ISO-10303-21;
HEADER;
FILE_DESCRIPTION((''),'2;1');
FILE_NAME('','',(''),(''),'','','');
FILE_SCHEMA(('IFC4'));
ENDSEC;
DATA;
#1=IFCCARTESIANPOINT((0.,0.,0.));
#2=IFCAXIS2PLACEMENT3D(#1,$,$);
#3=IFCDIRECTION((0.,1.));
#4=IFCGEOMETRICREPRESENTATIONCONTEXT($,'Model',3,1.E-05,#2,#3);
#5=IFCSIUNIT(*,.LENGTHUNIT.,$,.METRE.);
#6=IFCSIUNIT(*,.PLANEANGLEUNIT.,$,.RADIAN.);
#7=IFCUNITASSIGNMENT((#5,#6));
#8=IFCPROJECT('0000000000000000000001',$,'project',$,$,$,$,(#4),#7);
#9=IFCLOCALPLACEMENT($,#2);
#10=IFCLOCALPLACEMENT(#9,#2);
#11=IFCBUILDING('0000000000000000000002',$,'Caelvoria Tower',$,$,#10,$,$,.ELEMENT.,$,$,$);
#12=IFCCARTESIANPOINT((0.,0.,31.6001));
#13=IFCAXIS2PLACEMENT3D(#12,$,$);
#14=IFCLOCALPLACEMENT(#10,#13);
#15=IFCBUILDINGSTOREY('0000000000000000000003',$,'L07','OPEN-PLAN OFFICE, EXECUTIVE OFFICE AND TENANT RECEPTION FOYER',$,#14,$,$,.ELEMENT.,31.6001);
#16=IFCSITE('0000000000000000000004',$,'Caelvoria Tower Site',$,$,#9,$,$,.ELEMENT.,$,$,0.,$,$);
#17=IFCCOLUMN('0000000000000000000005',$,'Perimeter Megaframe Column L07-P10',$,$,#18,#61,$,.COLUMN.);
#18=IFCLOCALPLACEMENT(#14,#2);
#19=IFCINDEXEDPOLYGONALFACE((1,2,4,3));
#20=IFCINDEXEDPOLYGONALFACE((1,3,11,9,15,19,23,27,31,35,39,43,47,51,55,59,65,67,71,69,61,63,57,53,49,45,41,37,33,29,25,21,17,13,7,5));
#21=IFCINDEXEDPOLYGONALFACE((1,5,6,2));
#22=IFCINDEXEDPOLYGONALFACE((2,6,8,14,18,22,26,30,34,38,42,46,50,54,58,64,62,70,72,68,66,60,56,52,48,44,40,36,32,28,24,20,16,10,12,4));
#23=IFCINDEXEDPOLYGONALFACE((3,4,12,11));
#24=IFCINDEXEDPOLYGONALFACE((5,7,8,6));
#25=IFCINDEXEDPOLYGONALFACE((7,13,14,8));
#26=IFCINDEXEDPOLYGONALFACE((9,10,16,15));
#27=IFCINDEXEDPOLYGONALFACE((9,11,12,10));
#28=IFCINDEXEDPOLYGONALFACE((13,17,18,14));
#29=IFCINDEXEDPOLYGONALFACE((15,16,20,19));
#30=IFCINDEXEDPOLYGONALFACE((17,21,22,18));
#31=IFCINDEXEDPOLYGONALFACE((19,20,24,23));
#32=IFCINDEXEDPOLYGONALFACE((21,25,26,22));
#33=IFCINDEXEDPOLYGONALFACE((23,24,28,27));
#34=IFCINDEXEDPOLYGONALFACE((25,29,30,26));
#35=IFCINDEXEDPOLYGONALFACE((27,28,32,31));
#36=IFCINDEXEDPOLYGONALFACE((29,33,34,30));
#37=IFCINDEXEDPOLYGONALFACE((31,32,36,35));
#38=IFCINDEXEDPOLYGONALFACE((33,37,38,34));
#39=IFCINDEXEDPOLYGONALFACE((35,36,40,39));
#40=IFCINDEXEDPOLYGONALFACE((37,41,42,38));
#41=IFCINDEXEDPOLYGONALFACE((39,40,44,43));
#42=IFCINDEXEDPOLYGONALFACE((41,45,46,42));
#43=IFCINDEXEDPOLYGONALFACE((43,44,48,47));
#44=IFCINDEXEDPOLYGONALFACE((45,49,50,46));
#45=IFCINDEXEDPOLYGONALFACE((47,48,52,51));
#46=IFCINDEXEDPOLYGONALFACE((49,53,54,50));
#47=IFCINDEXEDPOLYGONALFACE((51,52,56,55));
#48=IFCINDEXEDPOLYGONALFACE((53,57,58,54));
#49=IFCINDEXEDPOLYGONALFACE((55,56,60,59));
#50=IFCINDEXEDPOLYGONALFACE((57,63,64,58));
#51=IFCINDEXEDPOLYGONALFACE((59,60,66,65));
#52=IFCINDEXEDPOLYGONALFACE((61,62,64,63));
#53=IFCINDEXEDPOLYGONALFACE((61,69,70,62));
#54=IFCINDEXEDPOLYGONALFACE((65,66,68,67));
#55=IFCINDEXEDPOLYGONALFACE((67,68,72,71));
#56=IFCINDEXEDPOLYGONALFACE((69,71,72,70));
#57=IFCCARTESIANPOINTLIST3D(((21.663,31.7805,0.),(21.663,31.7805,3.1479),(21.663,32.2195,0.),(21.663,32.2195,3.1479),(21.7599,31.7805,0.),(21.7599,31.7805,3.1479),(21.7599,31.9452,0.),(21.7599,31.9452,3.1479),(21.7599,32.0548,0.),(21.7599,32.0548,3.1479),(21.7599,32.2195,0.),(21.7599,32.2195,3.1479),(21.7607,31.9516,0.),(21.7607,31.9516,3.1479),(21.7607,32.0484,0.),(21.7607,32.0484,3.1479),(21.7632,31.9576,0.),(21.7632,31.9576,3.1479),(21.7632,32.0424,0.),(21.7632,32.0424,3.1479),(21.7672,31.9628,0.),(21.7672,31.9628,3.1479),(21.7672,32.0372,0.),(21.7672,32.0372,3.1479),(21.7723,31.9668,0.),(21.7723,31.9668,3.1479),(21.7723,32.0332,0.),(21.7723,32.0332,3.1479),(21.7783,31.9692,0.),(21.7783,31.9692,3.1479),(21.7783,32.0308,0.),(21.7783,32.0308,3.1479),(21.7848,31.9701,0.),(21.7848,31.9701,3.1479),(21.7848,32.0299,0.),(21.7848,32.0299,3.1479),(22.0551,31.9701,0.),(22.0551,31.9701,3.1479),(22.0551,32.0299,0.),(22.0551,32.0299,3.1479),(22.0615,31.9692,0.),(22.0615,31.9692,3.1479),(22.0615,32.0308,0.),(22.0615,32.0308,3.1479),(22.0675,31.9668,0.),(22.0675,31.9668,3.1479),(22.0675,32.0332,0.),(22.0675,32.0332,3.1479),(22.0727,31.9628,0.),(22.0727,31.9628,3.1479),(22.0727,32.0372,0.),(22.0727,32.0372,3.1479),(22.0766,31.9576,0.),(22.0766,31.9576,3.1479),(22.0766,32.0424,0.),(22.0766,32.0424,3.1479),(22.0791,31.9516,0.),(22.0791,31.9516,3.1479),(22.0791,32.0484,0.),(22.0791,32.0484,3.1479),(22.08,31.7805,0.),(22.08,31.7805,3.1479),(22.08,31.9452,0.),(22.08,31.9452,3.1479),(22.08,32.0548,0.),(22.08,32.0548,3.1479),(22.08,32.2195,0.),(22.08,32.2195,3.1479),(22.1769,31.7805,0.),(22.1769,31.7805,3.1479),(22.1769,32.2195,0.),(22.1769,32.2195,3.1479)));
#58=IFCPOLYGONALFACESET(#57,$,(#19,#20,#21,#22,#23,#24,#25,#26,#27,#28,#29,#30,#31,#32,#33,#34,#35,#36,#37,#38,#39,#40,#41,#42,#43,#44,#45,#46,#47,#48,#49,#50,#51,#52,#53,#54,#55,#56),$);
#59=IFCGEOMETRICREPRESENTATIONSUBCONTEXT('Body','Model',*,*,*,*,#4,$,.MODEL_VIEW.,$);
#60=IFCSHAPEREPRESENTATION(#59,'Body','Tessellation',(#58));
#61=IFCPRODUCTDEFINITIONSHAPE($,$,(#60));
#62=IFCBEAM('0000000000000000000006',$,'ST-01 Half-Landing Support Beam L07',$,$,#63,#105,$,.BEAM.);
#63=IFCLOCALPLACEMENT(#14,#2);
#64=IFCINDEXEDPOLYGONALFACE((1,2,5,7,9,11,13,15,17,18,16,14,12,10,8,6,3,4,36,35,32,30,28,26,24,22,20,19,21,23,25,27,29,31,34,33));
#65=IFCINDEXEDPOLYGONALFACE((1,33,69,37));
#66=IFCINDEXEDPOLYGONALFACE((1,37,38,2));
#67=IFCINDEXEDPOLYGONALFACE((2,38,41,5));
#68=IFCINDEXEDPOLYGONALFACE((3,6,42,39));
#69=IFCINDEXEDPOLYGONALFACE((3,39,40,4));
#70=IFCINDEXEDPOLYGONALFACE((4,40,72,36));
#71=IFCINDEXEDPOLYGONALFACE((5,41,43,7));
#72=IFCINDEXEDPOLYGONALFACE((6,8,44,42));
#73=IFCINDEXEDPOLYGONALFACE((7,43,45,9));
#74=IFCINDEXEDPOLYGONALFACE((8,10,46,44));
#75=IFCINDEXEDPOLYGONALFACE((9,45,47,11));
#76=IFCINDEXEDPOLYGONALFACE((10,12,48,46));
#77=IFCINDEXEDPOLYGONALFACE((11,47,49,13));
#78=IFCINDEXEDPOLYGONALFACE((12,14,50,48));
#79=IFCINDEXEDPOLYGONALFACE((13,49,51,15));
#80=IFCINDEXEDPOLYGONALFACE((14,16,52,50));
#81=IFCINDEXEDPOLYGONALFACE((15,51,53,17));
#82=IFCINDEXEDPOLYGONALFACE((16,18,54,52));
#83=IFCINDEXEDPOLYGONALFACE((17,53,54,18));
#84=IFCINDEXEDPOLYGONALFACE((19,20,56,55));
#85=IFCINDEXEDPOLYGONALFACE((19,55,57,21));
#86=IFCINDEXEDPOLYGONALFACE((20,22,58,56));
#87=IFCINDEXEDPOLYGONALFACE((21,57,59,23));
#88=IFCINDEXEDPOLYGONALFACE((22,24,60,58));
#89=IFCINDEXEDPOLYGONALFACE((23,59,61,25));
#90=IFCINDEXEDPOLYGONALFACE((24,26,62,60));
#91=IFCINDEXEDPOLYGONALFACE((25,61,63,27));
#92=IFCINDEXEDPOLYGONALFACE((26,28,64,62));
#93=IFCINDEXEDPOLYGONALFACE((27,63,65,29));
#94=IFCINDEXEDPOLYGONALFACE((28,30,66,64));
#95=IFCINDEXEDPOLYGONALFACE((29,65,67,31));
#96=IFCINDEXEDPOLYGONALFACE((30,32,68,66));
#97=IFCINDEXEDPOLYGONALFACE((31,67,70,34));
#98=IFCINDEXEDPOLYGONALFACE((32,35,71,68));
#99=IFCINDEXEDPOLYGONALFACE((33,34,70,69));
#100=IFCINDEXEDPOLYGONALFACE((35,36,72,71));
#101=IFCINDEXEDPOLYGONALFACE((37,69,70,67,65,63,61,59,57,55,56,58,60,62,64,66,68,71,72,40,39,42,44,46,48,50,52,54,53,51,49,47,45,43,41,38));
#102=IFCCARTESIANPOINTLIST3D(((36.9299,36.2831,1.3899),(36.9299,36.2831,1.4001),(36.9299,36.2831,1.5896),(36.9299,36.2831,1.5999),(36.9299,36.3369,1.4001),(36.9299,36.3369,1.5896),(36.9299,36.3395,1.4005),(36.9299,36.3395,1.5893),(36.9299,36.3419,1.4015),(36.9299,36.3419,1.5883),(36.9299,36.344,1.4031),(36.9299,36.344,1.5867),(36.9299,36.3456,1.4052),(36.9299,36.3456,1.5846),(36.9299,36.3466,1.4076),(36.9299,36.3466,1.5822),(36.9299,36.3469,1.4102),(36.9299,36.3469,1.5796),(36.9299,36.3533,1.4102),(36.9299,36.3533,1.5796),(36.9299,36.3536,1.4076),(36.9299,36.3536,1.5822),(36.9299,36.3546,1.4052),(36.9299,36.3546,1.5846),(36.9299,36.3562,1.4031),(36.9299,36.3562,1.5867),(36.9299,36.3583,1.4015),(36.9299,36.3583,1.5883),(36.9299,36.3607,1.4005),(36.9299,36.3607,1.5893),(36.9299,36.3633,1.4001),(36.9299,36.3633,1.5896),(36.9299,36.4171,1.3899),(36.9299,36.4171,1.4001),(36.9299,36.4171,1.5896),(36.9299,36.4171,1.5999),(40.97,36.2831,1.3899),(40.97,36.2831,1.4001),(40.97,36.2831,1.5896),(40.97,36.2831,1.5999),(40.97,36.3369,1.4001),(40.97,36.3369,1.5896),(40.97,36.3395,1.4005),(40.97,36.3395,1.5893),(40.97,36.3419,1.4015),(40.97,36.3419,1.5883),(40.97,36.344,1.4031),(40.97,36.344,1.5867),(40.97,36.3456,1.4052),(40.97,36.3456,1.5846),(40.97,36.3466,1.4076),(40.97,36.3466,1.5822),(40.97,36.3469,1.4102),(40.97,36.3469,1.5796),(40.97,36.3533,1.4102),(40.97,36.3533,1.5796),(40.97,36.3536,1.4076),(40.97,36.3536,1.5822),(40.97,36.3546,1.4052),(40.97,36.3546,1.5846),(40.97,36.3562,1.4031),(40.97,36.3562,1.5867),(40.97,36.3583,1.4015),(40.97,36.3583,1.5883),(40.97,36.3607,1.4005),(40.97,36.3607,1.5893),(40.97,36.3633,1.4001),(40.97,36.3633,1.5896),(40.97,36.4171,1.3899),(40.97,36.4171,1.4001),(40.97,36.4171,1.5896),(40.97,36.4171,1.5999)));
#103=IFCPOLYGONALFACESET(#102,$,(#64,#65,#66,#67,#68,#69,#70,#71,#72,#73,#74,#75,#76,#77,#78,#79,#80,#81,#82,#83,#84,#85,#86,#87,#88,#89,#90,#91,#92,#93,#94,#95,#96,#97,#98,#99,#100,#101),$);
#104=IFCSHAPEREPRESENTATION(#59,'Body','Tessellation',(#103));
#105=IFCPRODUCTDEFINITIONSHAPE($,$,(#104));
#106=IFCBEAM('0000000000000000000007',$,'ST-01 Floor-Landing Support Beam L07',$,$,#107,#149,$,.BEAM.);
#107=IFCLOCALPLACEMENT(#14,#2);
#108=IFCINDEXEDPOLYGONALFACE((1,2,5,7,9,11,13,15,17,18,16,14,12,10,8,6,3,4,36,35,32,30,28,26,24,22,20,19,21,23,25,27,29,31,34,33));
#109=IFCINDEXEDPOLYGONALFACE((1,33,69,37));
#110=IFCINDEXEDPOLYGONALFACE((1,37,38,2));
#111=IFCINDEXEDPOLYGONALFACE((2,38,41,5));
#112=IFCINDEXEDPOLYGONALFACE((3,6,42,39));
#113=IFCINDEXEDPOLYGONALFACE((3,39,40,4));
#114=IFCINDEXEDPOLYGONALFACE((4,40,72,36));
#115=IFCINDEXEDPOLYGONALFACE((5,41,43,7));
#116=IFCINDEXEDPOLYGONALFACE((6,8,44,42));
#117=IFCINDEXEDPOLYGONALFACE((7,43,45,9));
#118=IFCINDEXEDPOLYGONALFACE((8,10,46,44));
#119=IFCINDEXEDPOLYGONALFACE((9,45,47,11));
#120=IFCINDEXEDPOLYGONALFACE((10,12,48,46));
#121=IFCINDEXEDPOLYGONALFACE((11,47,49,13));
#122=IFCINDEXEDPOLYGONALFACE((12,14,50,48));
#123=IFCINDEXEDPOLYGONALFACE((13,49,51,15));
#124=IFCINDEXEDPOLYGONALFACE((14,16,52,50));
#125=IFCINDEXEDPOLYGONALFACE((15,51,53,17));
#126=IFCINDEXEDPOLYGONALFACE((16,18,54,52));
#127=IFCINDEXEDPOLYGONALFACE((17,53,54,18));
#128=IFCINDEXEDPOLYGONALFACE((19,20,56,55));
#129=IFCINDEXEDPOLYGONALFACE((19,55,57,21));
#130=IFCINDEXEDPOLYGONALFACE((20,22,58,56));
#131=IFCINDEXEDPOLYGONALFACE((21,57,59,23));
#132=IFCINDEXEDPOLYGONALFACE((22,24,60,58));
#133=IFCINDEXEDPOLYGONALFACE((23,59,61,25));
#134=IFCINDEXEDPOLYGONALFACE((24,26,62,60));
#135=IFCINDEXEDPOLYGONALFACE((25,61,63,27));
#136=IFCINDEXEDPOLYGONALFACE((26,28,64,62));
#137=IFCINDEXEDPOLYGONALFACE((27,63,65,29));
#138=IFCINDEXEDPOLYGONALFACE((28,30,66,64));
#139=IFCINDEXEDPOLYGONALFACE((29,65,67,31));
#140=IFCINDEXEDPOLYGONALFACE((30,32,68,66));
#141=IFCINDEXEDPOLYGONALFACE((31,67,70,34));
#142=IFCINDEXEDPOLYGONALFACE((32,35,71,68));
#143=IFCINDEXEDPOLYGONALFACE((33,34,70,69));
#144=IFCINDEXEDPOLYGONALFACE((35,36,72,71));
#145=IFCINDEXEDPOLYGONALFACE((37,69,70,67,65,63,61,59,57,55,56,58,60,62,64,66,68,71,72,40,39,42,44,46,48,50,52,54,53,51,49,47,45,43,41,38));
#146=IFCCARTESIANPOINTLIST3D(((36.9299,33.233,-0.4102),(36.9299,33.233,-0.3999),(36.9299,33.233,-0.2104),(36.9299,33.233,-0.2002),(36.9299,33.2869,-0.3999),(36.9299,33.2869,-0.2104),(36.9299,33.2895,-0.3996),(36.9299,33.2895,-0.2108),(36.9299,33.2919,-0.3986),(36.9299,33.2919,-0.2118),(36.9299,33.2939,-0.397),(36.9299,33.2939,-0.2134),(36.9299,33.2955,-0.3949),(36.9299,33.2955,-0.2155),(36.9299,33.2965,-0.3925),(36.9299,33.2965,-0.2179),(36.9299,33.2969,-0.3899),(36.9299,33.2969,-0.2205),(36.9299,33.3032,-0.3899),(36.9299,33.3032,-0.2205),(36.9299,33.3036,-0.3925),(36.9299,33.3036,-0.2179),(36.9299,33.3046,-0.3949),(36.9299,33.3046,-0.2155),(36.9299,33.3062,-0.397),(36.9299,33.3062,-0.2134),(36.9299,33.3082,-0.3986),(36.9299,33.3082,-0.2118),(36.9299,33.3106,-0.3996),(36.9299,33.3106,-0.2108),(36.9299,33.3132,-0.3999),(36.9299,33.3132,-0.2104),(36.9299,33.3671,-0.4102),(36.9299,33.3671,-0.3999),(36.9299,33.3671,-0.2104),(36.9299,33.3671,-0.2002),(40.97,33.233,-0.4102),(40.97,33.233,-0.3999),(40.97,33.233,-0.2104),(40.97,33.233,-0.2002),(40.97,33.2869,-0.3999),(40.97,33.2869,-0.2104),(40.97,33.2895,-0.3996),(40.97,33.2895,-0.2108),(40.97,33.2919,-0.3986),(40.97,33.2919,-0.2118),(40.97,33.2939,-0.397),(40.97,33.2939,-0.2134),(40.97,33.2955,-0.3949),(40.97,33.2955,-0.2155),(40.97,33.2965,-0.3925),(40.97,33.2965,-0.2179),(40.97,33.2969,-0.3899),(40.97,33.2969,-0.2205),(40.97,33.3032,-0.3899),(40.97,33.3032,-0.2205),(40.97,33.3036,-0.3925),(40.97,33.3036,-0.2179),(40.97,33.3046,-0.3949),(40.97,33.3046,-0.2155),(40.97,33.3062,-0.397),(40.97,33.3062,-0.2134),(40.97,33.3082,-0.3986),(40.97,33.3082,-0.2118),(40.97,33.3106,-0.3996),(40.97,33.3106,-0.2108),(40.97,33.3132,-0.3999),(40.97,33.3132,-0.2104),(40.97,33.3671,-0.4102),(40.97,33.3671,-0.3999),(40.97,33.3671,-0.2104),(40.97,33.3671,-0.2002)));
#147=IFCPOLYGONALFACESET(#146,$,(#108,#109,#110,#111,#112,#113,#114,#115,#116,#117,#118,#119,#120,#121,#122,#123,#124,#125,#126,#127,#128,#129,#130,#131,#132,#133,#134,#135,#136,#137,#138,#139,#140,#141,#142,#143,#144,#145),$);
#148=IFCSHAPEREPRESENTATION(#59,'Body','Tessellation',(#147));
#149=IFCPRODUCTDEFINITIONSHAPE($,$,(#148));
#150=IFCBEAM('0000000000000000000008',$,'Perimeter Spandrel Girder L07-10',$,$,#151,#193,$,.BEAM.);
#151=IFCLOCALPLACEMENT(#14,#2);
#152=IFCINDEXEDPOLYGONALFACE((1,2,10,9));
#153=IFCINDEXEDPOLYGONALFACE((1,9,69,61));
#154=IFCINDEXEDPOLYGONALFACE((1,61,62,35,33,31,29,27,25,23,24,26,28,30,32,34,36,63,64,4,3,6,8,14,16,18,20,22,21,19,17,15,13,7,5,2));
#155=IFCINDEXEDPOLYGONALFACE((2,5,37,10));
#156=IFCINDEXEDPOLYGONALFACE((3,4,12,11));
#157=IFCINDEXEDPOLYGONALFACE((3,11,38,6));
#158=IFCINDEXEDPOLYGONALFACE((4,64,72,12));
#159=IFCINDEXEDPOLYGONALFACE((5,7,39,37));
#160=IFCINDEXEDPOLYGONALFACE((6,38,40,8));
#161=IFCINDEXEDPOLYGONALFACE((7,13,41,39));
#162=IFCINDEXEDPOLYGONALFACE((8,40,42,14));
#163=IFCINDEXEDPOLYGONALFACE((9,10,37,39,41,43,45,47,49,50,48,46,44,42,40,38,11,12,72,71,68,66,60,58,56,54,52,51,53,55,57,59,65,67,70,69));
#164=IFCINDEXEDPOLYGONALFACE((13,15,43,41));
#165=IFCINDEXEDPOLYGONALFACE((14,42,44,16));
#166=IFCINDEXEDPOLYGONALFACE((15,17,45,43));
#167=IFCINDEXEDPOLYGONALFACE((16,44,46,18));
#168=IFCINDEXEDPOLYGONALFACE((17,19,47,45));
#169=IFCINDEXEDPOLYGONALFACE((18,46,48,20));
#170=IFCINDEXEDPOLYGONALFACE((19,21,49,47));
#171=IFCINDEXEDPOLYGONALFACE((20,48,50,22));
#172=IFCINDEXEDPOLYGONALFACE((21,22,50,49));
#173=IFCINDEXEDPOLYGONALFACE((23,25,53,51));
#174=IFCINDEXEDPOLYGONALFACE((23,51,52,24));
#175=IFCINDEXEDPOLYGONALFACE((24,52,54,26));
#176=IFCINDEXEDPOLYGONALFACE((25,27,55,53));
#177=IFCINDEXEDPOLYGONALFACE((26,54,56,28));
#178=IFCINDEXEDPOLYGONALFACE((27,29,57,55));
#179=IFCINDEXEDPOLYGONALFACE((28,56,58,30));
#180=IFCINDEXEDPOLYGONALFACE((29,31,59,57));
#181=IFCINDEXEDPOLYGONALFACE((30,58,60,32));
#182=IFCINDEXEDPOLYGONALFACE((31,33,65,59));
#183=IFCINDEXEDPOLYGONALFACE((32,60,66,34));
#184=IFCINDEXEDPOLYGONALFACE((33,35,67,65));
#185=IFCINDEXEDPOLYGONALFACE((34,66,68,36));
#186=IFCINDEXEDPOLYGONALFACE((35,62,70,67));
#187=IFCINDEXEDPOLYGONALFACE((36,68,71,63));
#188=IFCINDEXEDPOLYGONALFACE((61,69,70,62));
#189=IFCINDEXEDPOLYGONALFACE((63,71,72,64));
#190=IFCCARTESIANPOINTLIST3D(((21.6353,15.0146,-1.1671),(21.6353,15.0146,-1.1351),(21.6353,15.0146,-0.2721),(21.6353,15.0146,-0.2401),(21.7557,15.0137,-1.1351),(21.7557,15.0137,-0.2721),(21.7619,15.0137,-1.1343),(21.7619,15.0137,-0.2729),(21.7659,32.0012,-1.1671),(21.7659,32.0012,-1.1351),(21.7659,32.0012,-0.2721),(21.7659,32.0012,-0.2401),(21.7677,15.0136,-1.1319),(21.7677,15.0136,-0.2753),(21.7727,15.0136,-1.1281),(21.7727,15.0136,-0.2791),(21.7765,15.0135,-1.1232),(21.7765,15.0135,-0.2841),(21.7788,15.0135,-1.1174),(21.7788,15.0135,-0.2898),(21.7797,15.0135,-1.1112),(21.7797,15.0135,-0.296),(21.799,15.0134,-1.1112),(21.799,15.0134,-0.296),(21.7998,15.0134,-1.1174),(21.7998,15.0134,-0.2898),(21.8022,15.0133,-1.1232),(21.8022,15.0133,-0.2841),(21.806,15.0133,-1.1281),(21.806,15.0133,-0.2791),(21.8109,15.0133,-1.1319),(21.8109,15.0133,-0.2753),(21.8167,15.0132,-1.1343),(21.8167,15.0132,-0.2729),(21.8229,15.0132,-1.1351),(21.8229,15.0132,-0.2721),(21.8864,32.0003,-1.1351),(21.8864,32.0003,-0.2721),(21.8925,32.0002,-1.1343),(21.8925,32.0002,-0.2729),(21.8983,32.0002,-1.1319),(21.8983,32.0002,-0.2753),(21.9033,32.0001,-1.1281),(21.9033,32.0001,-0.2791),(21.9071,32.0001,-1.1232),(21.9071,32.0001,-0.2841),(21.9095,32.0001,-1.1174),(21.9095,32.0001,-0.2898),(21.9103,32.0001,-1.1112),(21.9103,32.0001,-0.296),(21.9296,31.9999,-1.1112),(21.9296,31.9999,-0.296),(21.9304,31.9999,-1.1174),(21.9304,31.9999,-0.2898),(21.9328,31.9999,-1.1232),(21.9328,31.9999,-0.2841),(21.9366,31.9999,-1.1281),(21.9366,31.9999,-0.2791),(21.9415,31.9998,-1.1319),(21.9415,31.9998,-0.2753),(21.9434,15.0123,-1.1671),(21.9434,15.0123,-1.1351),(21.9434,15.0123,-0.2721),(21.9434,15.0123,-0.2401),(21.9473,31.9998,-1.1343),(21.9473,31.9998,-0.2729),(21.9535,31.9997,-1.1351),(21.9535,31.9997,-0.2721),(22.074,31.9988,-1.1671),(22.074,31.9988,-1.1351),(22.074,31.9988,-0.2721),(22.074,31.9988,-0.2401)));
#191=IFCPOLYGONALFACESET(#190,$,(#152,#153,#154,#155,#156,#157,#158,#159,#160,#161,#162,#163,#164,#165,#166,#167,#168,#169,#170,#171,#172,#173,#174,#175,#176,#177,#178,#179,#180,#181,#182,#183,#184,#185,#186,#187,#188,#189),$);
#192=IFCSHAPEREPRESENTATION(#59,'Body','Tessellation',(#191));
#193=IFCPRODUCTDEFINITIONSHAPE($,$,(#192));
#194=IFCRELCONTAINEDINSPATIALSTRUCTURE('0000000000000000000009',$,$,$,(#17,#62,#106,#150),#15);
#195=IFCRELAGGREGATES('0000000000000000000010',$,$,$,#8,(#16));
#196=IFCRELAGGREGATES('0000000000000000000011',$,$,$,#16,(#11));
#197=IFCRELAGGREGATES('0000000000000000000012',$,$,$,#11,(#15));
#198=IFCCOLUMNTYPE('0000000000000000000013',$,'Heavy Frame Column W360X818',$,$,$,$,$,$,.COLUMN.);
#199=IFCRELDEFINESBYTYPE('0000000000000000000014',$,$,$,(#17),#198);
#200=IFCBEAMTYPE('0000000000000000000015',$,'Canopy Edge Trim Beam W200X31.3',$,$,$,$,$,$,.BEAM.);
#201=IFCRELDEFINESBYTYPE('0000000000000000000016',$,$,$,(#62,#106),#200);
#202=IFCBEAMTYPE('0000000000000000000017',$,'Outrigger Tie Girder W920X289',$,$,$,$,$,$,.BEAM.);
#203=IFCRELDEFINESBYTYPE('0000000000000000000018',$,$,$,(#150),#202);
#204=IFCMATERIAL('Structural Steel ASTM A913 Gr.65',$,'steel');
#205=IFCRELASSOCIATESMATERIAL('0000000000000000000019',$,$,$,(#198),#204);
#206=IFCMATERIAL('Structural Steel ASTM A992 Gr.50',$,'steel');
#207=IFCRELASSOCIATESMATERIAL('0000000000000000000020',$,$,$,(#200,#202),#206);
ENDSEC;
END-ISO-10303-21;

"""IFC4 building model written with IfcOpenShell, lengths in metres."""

from ifc_helpers import new_model, si_unit, direction, frame, origin, origin_2d, place, context, subcontext, project, spatial, i_section, extrude, material, material_profile, profile_set, type_object, element, save


model = new_model("IFC4")

# Units and contexts
model_context = context("Model", 3, precision=1e-05, world=origin(), true_north=direction((0.0, 1.0)))
body_context = subcontext(model_context, "Body", "Model", "MODEL_VIEW")
ifc_project = project(units=[si_unit("LENGTHUNIT", "METRE"), si_unit("PLANEANGLEUNIT", "RADIAN")], contexts=[model_context])

# Site, building, storey
site_placement = place(None, origin())
site = spatial("IfcSite", under=ifc_project, at=site_placement, Name="Caelvoria Tower Site", CompositionType="ELEMENT", RefElevation=0.0)
building_placement = place(site_placement, origin())
building = spatial("IfcBuilding", under=site, at=building_placement, Name="Caelvoria Tower", CompositionType="ELEMENT")
storey_placement = place(building_placement, frame((0.0, 0.0, 31.6001)))
storey = spatial("IfcBuildingStorey", under=building, at=storey_placement, Name="L07", Description="OPEN-PLAN OFFICE, EXECUTIVE OFFICE AND TENANT RECEPTION FOYER", CompositionType="ELEMENT", Elevation=31.6001)

# Column
ifc_material_1 = material(Name="Structural Steel ASTM A913 Gr.65", Category="steel")
ifc_material_profile_1 = material_profile(ifc_material_1, i_section(OverallWidth=0.439, OverallDepth=0.5139, WebThickness=0.0598, FlangeThickness=0.0969, FilletRadius=0.0249, at=origin_2d()), Name="Structural Steel ASTM A913 Gr.65")
ifc_profile_set_1 = profile_set([ifc_material_profile_1], Name="W360X818 - Structural Steel ASTM A913 Gr.65")
column_type = type_object("IfcColumnType", Name="Heavy Frame Column W360X818", PredefinedType="COLUMN", material=ifc_profile_set_1)
column_placement = place(storey_placement, frame((21.9199, 32.0, 0.0), z_axis=(0.0, 0.0, 1.0), x_axis=(0.0, 1.0, 0.0)))
element("IfcColumn", 1, at=column_placement, inside=storey, type_object=column_type, Name="Perimeter Megaframe Column L07-P10", PredefinedType="COLUMN", context=body_context, shape_type="SweptSolid", body=[
    extrude(i_section(OverallWidth=0.439, OverallDepth=0.5139, WebThickness=0.0598, FlangeThickness=0.0969, FilletRadius=0.0249, at=origin_2d()), origin(), (0.0, 0.0, 1.0), 3.1479),
])

# Beams
ifc_material_2 = material(Name="Structural Steel ASTM A992 Gr.50", Category="steel")
ifc_material_profile_2 = material_profile(ifc_material_2, i_section(OverallWidth=0.134, OverallDepth=0.21, WebThickness=0.0063, FlangeThickness=0.0103, FilletRadius=0.01, at=origin_2d()), Name="Structural Steel ASTM A992 Gr.50")
ifc_profile_set_2 = profile_set([ifc_material_profile_2], Name="W200X31.3 - Structural Steel ASTM A992 Gr.50")
beam_type_1 = type_object("IfcBeamType", Name="Canopy Edge Trim Beam W200X31.3", PredefinedType="BEAM", material=ifc_profile_set_2)
for number, where, z_axis, x_axis, name in (
    (2, (36.9299, 36.3501, 1.4949), (1.0, 0.0, 0.0), (0.0, 1.0, 0.0), "ST-01 Half-Landing Support Beam L07"),
    (3, (36.9299, 33.3, -0.3052), (1.0, 0.0, 0.0), (0.0, 1.0, 0.0), "ST-01 Floor-Landing Support Beam L07"),
):
    element("IfcBeam", number, at=place(storey_placement, frame(where, z_axis=z_axis, x_axis=x_axis)), inside=storey, type_object=beam_type_1, Name=name, PredefinedType="BEAM", context=body_context, shape_type="SweptSolid", body=[
        extrude(i_section(OverallWidth=0.134, OverallDepth=0.21, WebThickness=0.0063, FlangeThickness=0.0103, FilletRadius=0.01, at=origin_2d()), origin(), (0.0, 0.0, 1.0), 4.04),
    ])
ifc_material_profile_3 = material_profile(ifc_material_2, i_section(OverallWidth=0.3081, OverallDepth=0.927, WebThickness=0.0193, FlangeThickness=0.032, FilletRadius=0.0239, at=origin_2d()), Name="Structural Steel ASTM A992 Gr.50")
ifc_profile_set_3 = profile_set([ifc_material_profile_3], Name="W920X289 - Structural Steel ASTM A992 Gr.50")
beam_type_2 = type_object("IfcBeamType", Name="Outrigger Tie Girder W920X289", PredefinedType="BEAM", material=ifc_profile_set_3)
beam_1_placement = place(storey_placement, frame((21.9199, 32.0, -0.7036), z_axis=(-0.007689, -0.99997, 0.0), x_axis=(0.99997, -0.007689, 0.0)))
element("IfcBeam", 4, at=beam_1_placement, inside=storey, type_object=beam_type_2, Name="Perimeter Spandrel Girder L07-10", PredefinedType="BEAM", context=body_context, shape_type="SweptSolid", body=[
    extrude(i_section(OverallWidth=0.3081, OverallDepth=0.927, WebThickness=0.0193, FlangeThickness=0.032, FilletRadius=0.0239, at=origin_2d()), origin(), (0.0, 0.0, 1.0), 16.9871),
])

save(model, "model.ifc")
